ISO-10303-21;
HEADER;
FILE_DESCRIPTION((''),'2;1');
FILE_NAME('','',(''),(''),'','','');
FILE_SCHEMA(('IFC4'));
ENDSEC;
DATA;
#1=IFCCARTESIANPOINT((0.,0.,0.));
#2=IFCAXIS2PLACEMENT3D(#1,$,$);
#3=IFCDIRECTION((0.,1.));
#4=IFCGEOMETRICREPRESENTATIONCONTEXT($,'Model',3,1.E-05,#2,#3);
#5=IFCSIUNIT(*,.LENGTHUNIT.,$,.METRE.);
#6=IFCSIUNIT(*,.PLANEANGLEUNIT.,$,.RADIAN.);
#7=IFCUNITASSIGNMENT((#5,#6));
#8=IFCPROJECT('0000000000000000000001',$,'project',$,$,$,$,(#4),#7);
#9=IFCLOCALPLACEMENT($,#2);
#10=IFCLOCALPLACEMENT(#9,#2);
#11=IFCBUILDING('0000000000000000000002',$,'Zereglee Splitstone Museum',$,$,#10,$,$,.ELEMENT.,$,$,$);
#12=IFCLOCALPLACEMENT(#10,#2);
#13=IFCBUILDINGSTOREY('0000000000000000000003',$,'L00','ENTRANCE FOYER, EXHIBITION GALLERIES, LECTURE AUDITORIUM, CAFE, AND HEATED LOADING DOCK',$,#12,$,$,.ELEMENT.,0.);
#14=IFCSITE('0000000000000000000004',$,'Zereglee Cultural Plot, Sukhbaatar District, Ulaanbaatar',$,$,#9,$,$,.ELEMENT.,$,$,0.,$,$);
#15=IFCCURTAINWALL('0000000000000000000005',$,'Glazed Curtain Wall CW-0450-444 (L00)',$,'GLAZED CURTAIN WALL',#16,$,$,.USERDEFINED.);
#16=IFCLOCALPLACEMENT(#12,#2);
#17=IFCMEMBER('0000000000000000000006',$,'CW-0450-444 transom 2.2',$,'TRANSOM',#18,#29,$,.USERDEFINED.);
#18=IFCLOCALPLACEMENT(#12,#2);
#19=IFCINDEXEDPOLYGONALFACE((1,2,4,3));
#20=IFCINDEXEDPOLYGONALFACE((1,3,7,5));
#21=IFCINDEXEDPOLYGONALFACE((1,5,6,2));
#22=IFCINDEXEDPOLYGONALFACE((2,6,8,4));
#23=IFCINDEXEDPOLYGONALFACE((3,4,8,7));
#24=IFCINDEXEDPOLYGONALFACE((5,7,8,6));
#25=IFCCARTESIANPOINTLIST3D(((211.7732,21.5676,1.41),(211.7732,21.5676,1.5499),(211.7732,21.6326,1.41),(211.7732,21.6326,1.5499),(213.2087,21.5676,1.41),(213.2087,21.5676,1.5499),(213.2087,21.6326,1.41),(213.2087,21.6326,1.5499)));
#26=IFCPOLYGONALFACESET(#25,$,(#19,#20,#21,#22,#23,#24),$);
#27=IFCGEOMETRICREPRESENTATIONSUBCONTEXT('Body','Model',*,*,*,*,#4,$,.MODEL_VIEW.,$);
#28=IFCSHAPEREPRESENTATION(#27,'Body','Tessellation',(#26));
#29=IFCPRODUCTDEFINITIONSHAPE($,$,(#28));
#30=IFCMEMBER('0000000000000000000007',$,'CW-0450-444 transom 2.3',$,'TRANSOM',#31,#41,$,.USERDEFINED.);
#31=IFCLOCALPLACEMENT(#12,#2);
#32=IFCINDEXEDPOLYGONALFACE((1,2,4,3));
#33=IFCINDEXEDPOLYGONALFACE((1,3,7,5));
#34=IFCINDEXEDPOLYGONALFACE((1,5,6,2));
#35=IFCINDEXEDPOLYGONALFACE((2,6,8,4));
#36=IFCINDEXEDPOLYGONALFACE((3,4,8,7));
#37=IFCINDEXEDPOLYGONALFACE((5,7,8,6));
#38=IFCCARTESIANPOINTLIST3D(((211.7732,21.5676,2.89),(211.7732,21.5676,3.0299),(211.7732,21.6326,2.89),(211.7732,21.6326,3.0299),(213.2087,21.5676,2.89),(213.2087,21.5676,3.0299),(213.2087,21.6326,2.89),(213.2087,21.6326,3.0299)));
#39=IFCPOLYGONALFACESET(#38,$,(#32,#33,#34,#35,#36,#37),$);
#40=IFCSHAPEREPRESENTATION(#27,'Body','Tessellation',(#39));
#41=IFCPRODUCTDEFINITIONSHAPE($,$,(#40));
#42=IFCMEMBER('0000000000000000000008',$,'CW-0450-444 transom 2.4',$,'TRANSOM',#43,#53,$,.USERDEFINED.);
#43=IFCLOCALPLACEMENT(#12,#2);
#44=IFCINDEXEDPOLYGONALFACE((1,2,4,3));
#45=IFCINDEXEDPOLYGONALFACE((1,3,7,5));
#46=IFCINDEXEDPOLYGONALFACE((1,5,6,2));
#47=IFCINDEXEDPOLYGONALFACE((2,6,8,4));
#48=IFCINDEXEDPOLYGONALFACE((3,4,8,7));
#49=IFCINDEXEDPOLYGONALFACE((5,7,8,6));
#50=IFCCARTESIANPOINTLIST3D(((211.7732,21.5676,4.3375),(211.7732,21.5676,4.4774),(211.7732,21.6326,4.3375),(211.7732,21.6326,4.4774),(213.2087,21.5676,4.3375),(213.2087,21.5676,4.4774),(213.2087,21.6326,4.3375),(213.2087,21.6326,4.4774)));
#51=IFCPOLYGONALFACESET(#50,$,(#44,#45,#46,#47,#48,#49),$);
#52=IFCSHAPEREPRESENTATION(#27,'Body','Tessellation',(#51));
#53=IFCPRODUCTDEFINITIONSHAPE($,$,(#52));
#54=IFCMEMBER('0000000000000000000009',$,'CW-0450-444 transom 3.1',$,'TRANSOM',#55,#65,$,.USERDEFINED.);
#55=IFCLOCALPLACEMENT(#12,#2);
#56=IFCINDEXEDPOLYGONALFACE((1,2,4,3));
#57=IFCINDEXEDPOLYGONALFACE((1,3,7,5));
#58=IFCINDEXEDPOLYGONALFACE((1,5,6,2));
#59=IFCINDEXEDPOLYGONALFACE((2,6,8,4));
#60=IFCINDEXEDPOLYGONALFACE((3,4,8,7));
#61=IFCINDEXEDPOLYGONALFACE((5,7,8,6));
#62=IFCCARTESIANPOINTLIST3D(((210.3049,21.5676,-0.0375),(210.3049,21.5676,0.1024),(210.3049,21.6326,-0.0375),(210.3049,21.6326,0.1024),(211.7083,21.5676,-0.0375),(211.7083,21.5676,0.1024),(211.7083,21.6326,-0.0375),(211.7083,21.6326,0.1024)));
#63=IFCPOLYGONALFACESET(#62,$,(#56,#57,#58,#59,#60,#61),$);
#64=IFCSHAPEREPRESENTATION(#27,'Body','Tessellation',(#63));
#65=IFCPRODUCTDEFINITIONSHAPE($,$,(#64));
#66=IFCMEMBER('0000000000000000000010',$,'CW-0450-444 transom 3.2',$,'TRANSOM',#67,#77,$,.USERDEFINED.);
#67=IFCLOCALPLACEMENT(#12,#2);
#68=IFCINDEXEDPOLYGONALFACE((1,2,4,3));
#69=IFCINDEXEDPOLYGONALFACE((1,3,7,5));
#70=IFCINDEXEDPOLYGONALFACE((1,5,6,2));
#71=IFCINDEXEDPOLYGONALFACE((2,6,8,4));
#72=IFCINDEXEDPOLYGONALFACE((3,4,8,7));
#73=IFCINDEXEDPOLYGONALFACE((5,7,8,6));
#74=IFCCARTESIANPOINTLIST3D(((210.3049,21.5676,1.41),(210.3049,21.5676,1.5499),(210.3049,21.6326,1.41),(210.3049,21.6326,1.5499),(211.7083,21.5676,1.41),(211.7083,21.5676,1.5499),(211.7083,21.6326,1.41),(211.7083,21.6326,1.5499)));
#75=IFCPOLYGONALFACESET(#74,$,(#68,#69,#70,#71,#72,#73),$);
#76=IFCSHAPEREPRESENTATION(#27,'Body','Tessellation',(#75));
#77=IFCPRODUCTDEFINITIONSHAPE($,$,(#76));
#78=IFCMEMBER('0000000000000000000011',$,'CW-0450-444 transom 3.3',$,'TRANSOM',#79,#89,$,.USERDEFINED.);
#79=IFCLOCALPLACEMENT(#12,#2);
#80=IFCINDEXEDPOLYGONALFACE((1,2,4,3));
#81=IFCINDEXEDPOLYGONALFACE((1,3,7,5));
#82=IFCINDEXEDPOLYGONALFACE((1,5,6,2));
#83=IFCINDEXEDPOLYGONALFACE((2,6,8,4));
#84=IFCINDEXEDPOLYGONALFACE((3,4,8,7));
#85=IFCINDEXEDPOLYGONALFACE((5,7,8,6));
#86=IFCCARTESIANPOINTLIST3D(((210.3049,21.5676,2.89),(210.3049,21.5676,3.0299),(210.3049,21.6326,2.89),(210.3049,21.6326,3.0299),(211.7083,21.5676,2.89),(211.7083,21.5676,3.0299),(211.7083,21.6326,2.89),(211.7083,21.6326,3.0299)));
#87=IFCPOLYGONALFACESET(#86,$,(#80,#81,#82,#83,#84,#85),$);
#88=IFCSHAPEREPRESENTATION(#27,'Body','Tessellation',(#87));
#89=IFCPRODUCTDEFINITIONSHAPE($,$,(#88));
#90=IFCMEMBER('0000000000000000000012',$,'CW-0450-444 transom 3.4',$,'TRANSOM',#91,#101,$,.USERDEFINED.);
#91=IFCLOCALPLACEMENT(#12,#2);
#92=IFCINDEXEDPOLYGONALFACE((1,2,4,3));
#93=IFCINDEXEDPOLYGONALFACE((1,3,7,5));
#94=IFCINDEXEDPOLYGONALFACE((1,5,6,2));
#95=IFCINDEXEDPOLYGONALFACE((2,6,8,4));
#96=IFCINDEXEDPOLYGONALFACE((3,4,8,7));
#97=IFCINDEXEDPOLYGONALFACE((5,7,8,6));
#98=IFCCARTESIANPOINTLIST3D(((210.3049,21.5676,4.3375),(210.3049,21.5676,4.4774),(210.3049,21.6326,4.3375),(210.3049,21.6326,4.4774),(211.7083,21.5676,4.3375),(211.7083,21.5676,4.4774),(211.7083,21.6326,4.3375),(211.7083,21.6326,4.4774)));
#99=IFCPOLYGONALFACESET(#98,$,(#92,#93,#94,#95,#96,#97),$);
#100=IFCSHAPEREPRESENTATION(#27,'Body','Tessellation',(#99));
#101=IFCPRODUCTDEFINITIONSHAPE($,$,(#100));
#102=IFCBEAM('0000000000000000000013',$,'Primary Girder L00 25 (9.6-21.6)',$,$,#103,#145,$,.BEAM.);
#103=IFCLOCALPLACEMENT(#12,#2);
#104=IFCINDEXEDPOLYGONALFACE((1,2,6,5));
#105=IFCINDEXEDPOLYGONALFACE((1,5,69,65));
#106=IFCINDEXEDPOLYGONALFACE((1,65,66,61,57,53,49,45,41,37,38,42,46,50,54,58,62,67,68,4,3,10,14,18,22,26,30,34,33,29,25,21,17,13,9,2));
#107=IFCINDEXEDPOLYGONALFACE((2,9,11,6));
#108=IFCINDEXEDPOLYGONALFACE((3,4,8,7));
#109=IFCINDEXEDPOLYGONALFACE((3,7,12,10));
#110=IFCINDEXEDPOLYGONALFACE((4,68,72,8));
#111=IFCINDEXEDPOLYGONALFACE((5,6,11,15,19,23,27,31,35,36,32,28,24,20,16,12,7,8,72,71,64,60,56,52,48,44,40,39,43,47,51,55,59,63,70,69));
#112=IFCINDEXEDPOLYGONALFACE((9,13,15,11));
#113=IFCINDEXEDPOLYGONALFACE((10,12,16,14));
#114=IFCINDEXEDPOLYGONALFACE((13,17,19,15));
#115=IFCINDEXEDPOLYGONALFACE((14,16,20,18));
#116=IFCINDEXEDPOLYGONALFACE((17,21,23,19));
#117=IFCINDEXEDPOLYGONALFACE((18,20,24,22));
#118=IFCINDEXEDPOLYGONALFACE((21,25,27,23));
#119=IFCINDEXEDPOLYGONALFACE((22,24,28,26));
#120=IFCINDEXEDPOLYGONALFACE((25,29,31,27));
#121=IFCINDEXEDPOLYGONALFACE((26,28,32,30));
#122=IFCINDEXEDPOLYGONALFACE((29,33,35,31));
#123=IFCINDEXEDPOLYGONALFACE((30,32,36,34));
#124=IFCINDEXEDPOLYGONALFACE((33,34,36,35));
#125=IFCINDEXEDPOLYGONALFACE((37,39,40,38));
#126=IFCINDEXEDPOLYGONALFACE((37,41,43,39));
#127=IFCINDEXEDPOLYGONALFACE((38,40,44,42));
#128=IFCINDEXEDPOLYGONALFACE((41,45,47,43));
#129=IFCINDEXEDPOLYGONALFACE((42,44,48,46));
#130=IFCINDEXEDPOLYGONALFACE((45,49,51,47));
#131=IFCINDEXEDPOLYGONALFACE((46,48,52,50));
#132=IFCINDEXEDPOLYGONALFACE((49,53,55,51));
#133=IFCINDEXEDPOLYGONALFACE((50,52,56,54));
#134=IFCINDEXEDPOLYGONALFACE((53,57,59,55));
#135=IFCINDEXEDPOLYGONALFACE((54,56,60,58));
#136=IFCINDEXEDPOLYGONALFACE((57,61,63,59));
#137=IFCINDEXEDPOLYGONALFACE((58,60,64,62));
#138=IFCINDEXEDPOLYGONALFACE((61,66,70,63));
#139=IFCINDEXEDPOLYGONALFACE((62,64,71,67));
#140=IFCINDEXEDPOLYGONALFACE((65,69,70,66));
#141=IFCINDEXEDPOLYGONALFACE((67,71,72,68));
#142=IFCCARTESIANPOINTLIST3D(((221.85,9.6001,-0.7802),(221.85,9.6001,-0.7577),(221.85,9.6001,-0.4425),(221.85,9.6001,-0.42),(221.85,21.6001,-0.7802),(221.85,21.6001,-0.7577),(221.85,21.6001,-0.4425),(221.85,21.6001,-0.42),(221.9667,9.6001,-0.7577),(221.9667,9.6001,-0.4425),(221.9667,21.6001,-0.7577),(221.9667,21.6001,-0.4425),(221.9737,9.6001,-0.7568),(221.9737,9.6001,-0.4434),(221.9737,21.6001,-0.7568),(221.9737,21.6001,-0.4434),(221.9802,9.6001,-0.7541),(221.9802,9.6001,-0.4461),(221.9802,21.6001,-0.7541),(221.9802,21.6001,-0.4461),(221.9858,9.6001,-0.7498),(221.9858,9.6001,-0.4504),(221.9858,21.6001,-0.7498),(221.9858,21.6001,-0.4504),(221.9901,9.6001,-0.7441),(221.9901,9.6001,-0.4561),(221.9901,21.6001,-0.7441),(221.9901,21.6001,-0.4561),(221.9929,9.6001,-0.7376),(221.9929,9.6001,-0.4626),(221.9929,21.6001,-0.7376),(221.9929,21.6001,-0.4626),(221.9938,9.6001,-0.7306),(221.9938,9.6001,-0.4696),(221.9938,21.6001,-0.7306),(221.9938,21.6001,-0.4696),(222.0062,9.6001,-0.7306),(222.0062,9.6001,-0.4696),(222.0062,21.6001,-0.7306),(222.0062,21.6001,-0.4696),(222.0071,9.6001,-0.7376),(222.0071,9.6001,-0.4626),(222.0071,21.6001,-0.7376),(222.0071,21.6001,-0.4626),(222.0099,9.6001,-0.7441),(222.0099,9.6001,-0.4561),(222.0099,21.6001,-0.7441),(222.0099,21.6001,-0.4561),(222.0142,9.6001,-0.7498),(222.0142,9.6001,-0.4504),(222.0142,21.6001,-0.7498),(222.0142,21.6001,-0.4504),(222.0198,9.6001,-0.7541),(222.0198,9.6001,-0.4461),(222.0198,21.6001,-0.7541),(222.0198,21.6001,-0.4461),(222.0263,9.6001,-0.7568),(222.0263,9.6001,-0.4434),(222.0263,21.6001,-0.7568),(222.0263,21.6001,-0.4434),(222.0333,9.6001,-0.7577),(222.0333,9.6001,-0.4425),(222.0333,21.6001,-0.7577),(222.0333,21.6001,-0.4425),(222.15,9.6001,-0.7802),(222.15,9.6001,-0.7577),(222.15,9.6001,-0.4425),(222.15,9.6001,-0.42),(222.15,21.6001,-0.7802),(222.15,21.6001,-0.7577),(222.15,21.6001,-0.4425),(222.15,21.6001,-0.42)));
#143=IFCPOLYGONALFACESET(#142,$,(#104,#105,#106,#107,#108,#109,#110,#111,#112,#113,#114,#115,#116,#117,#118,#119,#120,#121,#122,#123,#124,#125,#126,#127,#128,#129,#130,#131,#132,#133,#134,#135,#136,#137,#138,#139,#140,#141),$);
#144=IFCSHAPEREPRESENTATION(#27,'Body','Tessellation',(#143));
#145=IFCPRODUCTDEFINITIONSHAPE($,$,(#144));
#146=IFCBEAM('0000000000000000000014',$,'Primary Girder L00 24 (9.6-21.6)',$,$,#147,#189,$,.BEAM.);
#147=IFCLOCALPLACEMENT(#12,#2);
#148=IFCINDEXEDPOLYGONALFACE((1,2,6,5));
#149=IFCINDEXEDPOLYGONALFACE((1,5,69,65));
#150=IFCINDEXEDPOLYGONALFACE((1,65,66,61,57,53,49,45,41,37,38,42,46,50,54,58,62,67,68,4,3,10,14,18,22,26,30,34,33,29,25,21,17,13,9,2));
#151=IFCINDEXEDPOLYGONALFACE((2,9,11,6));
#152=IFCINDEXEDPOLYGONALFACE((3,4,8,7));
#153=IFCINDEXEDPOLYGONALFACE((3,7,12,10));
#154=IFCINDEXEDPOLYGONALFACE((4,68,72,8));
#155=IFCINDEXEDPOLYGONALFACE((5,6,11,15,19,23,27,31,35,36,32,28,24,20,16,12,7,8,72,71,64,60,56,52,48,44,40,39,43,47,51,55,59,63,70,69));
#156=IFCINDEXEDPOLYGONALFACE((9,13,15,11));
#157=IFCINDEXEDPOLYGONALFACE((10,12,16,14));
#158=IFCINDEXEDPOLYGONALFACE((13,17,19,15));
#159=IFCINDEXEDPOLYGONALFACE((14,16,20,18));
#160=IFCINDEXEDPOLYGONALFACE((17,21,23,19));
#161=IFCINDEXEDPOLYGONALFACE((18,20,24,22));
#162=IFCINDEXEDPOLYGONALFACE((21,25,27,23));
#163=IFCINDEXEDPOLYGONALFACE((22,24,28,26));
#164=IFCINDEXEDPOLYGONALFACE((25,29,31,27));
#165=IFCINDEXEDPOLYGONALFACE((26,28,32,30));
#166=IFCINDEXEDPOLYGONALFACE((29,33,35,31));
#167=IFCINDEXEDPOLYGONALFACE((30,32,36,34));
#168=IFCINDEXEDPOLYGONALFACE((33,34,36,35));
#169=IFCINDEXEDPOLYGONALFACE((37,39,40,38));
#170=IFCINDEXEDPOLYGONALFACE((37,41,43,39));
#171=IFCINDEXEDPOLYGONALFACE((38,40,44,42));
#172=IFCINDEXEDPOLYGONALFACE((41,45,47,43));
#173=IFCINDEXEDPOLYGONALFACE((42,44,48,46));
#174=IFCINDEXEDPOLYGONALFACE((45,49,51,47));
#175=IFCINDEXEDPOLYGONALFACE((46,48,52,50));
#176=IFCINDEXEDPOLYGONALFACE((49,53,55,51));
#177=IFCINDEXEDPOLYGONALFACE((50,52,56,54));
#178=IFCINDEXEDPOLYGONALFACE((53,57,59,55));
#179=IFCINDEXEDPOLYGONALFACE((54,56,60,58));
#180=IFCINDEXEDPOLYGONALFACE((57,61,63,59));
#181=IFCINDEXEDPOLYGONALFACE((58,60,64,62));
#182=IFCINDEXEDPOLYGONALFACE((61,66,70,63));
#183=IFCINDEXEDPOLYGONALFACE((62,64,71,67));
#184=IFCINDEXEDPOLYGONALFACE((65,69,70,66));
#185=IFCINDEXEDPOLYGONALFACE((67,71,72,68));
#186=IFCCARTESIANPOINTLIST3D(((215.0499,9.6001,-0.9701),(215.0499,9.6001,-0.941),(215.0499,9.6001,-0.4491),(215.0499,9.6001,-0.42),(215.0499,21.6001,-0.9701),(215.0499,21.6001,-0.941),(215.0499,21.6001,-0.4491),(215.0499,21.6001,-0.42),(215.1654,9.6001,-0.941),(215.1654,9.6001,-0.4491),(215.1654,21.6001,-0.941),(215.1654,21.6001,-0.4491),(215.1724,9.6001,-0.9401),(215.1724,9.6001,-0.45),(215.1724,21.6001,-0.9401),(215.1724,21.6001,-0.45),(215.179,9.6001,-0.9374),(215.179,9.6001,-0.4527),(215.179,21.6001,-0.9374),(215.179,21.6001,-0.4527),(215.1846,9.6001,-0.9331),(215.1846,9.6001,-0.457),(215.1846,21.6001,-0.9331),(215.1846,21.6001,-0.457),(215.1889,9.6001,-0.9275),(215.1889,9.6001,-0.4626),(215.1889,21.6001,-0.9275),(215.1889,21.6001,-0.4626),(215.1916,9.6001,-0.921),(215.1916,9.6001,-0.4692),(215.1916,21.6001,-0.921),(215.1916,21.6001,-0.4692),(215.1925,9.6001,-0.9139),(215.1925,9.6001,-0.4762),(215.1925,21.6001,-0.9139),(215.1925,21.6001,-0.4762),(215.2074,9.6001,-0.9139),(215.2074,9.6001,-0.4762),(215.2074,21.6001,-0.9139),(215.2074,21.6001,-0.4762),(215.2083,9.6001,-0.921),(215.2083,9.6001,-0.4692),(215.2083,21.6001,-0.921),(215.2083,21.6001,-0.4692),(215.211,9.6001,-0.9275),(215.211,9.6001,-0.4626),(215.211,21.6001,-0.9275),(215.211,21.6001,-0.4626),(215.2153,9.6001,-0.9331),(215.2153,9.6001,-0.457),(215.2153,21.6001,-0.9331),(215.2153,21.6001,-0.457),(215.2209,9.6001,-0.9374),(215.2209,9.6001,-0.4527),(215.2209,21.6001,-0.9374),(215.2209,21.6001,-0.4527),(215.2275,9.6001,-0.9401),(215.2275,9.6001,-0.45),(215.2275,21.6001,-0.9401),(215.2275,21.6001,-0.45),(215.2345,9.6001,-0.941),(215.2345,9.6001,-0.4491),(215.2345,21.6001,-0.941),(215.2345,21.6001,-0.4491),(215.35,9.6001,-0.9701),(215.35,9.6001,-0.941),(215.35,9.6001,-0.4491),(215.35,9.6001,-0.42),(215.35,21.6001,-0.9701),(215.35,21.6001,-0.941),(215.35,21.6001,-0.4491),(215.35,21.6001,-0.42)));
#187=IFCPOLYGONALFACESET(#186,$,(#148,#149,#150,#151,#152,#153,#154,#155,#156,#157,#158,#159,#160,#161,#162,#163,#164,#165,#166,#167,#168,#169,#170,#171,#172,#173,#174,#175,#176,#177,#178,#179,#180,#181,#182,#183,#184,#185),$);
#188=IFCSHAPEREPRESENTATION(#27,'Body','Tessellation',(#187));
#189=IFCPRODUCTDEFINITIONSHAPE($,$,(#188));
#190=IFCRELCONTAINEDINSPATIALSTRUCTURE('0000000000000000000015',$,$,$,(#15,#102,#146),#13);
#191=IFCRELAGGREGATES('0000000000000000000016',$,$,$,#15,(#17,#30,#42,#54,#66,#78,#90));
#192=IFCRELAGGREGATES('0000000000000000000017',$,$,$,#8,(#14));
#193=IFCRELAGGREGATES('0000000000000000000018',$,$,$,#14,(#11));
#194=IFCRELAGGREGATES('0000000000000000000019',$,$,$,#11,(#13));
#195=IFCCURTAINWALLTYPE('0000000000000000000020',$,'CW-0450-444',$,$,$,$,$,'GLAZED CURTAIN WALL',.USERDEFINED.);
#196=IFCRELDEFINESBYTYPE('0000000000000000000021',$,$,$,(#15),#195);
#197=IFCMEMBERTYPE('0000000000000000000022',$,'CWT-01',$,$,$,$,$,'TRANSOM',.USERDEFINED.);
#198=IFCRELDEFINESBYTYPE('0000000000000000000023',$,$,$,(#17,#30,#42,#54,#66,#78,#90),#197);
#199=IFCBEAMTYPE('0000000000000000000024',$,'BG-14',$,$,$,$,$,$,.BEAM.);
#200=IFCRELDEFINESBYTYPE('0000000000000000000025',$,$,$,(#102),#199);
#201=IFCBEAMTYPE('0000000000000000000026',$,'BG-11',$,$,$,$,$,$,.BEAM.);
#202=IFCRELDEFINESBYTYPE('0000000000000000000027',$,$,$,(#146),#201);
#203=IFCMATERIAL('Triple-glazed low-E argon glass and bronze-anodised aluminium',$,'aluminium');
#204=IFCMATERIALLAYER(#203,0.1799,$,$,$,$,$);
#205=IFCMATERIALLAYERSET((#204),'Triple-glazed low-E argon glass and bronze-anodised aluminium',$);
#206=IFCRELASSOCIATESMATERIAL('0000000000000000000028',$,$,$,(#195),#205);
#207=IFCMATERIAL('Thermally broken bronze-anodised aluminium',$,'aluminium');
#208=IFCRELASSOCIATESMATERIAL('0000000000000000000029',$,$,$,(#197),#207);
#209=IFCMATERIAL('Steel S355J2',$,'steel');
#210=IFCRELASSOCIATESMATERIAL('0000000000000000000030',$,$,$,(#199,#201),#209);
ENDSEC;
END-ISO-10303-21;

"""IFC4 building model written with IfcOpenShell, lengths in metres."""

from ifc_helpers import new_model, si_unit, direction, frame, origin, origin_2d, place, context, subcontext, project, spatial, rectangle, i_section, extrude, material, layer, layer_set, material_profile, profile_set, type_object, element, aggregate, save


model = new_model("IFC4")

# Units and contexts
model_context = context("Model", 3, precision=1e-05, world=origin(), true_north=direction((0.0, 1.0)))
body_context = subcontext(model_context, "Body", "Model", "MODEL_VIEW")
ifc_project = project(units=[si_unit("LENGTHUNIT", "METRE"), si_unit("PLANEANGLEUNIT", "RADIAN")], contexts=[model_context])

# Site, building, storey
site_placement = place(None, origin())
site = spatial("IfcSite", under=ifc_project, at=site_placement, Name="Zereglee Cultural Plot, Sukhbaatar District, Ulaanbaatar", CompositionType="ELEMENT", RefElevation=0.0)
building_placement = place(site_placement, origin())
building = spatial("IfcBuilding", under=site, at=building_placement, Name="Zereglee Splitstone Museum", CompositionType="ELEMENT")
storey_placement = place(building_placement, origin())
storey = spatial("IfcBuildingStorey", under=building, at=storey_placement, Name="L00", Description="ENTRANCE FOYER, EXHIBITION GALLERIES, LECTURE AUDITORIUM, CAFE, AND HEATED LOADING DOCK", CompositionType="ELEMENT", Elevation=0.0)

# Shared definitions
ifc_material_1 = material(Name="Triple-glazed low-E argon glass and bronze-anodised aluminium", Category="aluminium")
ifc_material_2 = material(Name="Thermally broken bronze-anodised aluminium", Category="aluminium")

# Curtain wall
ifc_layer_1 = layer(ifc_material_1, 0.1799)
ifc_layer_set_1 = layer_set([ifc_layer_1], Name="Triple-glazed low-E argon glass and bronze-anodised aluminium")
curtain_wall_type_1 = type_object("IfcCurtainWallType", Name="CW-0450-444", ElementType="GLAZED CURTAIN WALL", PredefinedType="USERDEFINED", material=ifc_layer_set_1)
curtain_wall_1_placement = place(storey_placement, origin())
curtain_wall_1 = element("IfcCurtainWall", 1, at=curtain_wall_1_placement, inside=storey, type_object=curtain_wall_type_1, Name="Glazed Curtain Wall CW-0450-444 (L00)", ObjectType="GLAZED CURTAIN WALL", PredefinedType="USERDEFINED")

# Members
ifc_material_profile_1 = material_profile(ifc_material_2, rectangle(XDim=0.0649, YDim=0.1399, at=origin_2d()), Name="CW TRAN 65x140")
ifc_profile_set_1 = profile_set([ifc_material_profile_1], Name="Thermally broken bronze-anodised aluminium")
member_type_1 = type_object("IfcMemberType", Name="CWT-01", ElementType="TRANSOM", PredefinedType="USERDEFINED", material=ifc_profile_set_1)
member_1_placement = place(storey_placement, frame((213.2087, 21.6001, 1.48), z_axis=(-1.0, 0.0, 0.0), x_axis=(0.0, -1.0, 0.0)))
member_1 = element("IfcMember", 2, at=member_1_placement, type_object=member_type_1, Name="CW-0450-444 transom 2.2", ObjectType="TRANSOM", PredefinedType="USERDEFINED", context=body_context, shape_type="SweptSolid", body=[
    extrude(rectangle(XDim=0.0649, YDim=0.1399, at=origin_2d()), origin(), (0.0, 0.0, 1.0), 1.4355),
])
member_2_placement = place(storey_placement, frame((213.2087, 21.6001, 2.96), z_axis=(-1.0, 0.0, 0.0), x_axis=(0.0, -1.0, 0.0)))
member_2 = element("IfcMember", 3, at=member_2_placement, type_object=member_type_1, Name="CW-0450-444 transom 2.3", ObjectType="TRANSOM", PredefinedType="USERDEFINED", context=body_context, shape_type="SweptSolid", body=[
    extrude(rectangle(XDim=0.0649, YDim=0.1399, at=origin_2d()), origin(), (0.0, 0.0, 1.0), 1.4355),
])
member_3_placement = place(storey_placement, frame((213.2087, 21.6001, 4.4075), z_axis=(-1.0, 0.0, 0.0), x_axis=(0.0, -1.0, 0.0)))
member_3 = element("IfcMember", 4, at=member_3_placement, type_object=member_type_1, Name="CW-0450-444 transom 2.4", ObjectType="TRANSOM", PredefinedType="USERDEFINED", context=body_context, shape_type="SweptSolid", body=[
    extrude(rectangle(XDim=0.0649, YDim=0.1399, at=origin_2d()), origin(), (0.0, 0.0, 1.0), 1.4355),
])
member_4_placement = place(storey_placement, frame((211.7083, 21.6001, 0.0325), z_axis=(-1.0, 0.0, 0.0), x_axis=(0.0, -1.0, 0.0)))
member_4 = element("IfcMember", 5, at=member_4_placement, type_object=member_type_1, Name="CW-0450-444 transom 3.1", ObjectType="TRANSOM", PredefinedType="USERDEFINED", context=body_context, shape_type="SweptSolid", body=[
    extrude(rectangle(XDim=0.0649, YDim=0.1399, at=origin_2d()), origin(), (0.0, 0.0, 1.0), 1.4033),
])
member_5_placement = place(storey_placement, frame((211.7083, 21.6001, 1.48), z_axis=(-1.0, 0.0, 0.0), x_axis=(0.0, -1.0, 0.0)))
member_5 = element("IfcMember", 6, at=member_5_placement, type_object=member_type_1, Name="CW-0450-444 transom 3.2", ObjectType="TRANSOM", PredefinedType="USERDEFINED", context=body_context, shape_type="SweptSolid", body=[
    extrude(rectangle(XDim=0.0649, YDim=0.1399, at=origin_2d()), origin(), (0.0, 0.0, 1.0), 1.4033),
])
member_6_placement = place(storey_placement, frame((211.7083, 21.6001, 2.96), z_axis=(-1.0, 0.0, 0.0), x_axis=(0.0, -1.0, 0.0)))
member_6 = element("IfcMember", 7, at=member_6_placement, type_object=member_type_1, Name="CW-0450-444 transom 3.3", ObjectType="TRANSOM", PredefinedType="USERDEFINED", context=body_context, shape_type="SweptSolid", body=[
    extrude(rectangle(XDim=0.0649, YDim=0.1399, at=origin_2d()), origin(), (0.0, 0.0, 1.0), 1.4033),
])
member_7_placement = place(storey_placement, frame((211.7083, 21.6001, 4.4075), z_axis=(-1.0, 0.0, 0.0), x_axis=(0.0, -1.0, 0.0)))
member_7 = element("IfcMember", 8, at=member_7_placement, type_object=member_type_1, Name="CW-0450-444 transom 3.4", ObjectType="TRANSOM", PredefinedType="USERDEFINED", context=body_context, shape_type="SweptSolid", body=[
    extrude(rectangle(XDim=0.0649, YDim=0.1399, at=origin_2d()), origin(), (0.0, 0.0, 1.0), 1.4033),
])

# Beams
ifc_material_3 = material(Name="Steel S355J2", Category="steel")
ifc_material_profile_2 = material_profile(ifc_material_3, i_section(OverallWidth=0.3, OverallDepth=0.3601, WebThickness=0.0125, FlangeThickness=0.0225, FilletRadius=0.0271, at=origin_2d()), Name="HE 360 B")
ifc_profile_set_2 = profile_set([ifc_material_profile_2], Name="Steel S355J2")
beam_type_1 = type_object("IfcBeamType", Name="BG-14", PredefinedType="BEAM", material=ifc_profile_set_2)
beam_1_placement = place(storey_placement, frame((222.0, 9.6001, -0.6001), z_axis=(0.0, 1.0, 0.0), x_axis=(-1.0, 0.0, 0.0)))
element("IfcBeam", 9, at=beam_1_placement, inside=storey, type_object=beam_type_1, Name="Primary Girder L00 25 (9.6-21.6)", PredefinedType="BEAM", context=body_context, shape_type="SweptSolid", body=[
    extrude(i_section(OverallWidth=0.3, OverallDepth=0.3601, WebThickness=0.0125, FlangeThickness=0.0225, FilletRadius=0.0271, at=origin_2d()), origin(), (0.0, 0.0, 1.0), 12.0),
])
ifc_material_profile_3 = material_profile(ifc_material_3, i_section(OverallWidth=0.3, OverallDepth=0.55, WebThickness=0.0149, FlangeThickness=0.0291, FilletRadius=0.0271, at=origin_2d()), Name="HE 550 B")
ifc_profile_set_3 = profile_set([ifc_material_profile_3], Name="Steel S355J2")
beam_type_2 = type_object("IfcBeamType", Name="BG-11", PredefinedType="BEAM", material=ifc_profile_set_3)
beam_2_placement = place(storey_placement, frame((215.2, 9.6001, -0.6951), z_axis=(0.0, 1.0, 0.0), x_axis=(-1.0, 0.0, 0.0)))
element("IfcBeam", 10, at=beam_2_placement, inside=storey, type_object=beam_type_2, Name="Primary Girder L00 24 (9.6-21.6)", PredefinedType="BEAM", context=body_context, shape_type="SweptSolid", body=[
    extrude(i_section(OverallWidth=0.3, OverallDepth=0.55, WebThickness=0.0149, FlangeThickness=0.0291, FilletRadius=0.0271, at=origin_2d()), origin(), (0.0, 0.0, 1.0), 12.0),
])

aggregate(curtain_wall_1, [member_1, member_2, member_3, member_4, member_5, member_6, member_7])

save(model, "model.ifc")
